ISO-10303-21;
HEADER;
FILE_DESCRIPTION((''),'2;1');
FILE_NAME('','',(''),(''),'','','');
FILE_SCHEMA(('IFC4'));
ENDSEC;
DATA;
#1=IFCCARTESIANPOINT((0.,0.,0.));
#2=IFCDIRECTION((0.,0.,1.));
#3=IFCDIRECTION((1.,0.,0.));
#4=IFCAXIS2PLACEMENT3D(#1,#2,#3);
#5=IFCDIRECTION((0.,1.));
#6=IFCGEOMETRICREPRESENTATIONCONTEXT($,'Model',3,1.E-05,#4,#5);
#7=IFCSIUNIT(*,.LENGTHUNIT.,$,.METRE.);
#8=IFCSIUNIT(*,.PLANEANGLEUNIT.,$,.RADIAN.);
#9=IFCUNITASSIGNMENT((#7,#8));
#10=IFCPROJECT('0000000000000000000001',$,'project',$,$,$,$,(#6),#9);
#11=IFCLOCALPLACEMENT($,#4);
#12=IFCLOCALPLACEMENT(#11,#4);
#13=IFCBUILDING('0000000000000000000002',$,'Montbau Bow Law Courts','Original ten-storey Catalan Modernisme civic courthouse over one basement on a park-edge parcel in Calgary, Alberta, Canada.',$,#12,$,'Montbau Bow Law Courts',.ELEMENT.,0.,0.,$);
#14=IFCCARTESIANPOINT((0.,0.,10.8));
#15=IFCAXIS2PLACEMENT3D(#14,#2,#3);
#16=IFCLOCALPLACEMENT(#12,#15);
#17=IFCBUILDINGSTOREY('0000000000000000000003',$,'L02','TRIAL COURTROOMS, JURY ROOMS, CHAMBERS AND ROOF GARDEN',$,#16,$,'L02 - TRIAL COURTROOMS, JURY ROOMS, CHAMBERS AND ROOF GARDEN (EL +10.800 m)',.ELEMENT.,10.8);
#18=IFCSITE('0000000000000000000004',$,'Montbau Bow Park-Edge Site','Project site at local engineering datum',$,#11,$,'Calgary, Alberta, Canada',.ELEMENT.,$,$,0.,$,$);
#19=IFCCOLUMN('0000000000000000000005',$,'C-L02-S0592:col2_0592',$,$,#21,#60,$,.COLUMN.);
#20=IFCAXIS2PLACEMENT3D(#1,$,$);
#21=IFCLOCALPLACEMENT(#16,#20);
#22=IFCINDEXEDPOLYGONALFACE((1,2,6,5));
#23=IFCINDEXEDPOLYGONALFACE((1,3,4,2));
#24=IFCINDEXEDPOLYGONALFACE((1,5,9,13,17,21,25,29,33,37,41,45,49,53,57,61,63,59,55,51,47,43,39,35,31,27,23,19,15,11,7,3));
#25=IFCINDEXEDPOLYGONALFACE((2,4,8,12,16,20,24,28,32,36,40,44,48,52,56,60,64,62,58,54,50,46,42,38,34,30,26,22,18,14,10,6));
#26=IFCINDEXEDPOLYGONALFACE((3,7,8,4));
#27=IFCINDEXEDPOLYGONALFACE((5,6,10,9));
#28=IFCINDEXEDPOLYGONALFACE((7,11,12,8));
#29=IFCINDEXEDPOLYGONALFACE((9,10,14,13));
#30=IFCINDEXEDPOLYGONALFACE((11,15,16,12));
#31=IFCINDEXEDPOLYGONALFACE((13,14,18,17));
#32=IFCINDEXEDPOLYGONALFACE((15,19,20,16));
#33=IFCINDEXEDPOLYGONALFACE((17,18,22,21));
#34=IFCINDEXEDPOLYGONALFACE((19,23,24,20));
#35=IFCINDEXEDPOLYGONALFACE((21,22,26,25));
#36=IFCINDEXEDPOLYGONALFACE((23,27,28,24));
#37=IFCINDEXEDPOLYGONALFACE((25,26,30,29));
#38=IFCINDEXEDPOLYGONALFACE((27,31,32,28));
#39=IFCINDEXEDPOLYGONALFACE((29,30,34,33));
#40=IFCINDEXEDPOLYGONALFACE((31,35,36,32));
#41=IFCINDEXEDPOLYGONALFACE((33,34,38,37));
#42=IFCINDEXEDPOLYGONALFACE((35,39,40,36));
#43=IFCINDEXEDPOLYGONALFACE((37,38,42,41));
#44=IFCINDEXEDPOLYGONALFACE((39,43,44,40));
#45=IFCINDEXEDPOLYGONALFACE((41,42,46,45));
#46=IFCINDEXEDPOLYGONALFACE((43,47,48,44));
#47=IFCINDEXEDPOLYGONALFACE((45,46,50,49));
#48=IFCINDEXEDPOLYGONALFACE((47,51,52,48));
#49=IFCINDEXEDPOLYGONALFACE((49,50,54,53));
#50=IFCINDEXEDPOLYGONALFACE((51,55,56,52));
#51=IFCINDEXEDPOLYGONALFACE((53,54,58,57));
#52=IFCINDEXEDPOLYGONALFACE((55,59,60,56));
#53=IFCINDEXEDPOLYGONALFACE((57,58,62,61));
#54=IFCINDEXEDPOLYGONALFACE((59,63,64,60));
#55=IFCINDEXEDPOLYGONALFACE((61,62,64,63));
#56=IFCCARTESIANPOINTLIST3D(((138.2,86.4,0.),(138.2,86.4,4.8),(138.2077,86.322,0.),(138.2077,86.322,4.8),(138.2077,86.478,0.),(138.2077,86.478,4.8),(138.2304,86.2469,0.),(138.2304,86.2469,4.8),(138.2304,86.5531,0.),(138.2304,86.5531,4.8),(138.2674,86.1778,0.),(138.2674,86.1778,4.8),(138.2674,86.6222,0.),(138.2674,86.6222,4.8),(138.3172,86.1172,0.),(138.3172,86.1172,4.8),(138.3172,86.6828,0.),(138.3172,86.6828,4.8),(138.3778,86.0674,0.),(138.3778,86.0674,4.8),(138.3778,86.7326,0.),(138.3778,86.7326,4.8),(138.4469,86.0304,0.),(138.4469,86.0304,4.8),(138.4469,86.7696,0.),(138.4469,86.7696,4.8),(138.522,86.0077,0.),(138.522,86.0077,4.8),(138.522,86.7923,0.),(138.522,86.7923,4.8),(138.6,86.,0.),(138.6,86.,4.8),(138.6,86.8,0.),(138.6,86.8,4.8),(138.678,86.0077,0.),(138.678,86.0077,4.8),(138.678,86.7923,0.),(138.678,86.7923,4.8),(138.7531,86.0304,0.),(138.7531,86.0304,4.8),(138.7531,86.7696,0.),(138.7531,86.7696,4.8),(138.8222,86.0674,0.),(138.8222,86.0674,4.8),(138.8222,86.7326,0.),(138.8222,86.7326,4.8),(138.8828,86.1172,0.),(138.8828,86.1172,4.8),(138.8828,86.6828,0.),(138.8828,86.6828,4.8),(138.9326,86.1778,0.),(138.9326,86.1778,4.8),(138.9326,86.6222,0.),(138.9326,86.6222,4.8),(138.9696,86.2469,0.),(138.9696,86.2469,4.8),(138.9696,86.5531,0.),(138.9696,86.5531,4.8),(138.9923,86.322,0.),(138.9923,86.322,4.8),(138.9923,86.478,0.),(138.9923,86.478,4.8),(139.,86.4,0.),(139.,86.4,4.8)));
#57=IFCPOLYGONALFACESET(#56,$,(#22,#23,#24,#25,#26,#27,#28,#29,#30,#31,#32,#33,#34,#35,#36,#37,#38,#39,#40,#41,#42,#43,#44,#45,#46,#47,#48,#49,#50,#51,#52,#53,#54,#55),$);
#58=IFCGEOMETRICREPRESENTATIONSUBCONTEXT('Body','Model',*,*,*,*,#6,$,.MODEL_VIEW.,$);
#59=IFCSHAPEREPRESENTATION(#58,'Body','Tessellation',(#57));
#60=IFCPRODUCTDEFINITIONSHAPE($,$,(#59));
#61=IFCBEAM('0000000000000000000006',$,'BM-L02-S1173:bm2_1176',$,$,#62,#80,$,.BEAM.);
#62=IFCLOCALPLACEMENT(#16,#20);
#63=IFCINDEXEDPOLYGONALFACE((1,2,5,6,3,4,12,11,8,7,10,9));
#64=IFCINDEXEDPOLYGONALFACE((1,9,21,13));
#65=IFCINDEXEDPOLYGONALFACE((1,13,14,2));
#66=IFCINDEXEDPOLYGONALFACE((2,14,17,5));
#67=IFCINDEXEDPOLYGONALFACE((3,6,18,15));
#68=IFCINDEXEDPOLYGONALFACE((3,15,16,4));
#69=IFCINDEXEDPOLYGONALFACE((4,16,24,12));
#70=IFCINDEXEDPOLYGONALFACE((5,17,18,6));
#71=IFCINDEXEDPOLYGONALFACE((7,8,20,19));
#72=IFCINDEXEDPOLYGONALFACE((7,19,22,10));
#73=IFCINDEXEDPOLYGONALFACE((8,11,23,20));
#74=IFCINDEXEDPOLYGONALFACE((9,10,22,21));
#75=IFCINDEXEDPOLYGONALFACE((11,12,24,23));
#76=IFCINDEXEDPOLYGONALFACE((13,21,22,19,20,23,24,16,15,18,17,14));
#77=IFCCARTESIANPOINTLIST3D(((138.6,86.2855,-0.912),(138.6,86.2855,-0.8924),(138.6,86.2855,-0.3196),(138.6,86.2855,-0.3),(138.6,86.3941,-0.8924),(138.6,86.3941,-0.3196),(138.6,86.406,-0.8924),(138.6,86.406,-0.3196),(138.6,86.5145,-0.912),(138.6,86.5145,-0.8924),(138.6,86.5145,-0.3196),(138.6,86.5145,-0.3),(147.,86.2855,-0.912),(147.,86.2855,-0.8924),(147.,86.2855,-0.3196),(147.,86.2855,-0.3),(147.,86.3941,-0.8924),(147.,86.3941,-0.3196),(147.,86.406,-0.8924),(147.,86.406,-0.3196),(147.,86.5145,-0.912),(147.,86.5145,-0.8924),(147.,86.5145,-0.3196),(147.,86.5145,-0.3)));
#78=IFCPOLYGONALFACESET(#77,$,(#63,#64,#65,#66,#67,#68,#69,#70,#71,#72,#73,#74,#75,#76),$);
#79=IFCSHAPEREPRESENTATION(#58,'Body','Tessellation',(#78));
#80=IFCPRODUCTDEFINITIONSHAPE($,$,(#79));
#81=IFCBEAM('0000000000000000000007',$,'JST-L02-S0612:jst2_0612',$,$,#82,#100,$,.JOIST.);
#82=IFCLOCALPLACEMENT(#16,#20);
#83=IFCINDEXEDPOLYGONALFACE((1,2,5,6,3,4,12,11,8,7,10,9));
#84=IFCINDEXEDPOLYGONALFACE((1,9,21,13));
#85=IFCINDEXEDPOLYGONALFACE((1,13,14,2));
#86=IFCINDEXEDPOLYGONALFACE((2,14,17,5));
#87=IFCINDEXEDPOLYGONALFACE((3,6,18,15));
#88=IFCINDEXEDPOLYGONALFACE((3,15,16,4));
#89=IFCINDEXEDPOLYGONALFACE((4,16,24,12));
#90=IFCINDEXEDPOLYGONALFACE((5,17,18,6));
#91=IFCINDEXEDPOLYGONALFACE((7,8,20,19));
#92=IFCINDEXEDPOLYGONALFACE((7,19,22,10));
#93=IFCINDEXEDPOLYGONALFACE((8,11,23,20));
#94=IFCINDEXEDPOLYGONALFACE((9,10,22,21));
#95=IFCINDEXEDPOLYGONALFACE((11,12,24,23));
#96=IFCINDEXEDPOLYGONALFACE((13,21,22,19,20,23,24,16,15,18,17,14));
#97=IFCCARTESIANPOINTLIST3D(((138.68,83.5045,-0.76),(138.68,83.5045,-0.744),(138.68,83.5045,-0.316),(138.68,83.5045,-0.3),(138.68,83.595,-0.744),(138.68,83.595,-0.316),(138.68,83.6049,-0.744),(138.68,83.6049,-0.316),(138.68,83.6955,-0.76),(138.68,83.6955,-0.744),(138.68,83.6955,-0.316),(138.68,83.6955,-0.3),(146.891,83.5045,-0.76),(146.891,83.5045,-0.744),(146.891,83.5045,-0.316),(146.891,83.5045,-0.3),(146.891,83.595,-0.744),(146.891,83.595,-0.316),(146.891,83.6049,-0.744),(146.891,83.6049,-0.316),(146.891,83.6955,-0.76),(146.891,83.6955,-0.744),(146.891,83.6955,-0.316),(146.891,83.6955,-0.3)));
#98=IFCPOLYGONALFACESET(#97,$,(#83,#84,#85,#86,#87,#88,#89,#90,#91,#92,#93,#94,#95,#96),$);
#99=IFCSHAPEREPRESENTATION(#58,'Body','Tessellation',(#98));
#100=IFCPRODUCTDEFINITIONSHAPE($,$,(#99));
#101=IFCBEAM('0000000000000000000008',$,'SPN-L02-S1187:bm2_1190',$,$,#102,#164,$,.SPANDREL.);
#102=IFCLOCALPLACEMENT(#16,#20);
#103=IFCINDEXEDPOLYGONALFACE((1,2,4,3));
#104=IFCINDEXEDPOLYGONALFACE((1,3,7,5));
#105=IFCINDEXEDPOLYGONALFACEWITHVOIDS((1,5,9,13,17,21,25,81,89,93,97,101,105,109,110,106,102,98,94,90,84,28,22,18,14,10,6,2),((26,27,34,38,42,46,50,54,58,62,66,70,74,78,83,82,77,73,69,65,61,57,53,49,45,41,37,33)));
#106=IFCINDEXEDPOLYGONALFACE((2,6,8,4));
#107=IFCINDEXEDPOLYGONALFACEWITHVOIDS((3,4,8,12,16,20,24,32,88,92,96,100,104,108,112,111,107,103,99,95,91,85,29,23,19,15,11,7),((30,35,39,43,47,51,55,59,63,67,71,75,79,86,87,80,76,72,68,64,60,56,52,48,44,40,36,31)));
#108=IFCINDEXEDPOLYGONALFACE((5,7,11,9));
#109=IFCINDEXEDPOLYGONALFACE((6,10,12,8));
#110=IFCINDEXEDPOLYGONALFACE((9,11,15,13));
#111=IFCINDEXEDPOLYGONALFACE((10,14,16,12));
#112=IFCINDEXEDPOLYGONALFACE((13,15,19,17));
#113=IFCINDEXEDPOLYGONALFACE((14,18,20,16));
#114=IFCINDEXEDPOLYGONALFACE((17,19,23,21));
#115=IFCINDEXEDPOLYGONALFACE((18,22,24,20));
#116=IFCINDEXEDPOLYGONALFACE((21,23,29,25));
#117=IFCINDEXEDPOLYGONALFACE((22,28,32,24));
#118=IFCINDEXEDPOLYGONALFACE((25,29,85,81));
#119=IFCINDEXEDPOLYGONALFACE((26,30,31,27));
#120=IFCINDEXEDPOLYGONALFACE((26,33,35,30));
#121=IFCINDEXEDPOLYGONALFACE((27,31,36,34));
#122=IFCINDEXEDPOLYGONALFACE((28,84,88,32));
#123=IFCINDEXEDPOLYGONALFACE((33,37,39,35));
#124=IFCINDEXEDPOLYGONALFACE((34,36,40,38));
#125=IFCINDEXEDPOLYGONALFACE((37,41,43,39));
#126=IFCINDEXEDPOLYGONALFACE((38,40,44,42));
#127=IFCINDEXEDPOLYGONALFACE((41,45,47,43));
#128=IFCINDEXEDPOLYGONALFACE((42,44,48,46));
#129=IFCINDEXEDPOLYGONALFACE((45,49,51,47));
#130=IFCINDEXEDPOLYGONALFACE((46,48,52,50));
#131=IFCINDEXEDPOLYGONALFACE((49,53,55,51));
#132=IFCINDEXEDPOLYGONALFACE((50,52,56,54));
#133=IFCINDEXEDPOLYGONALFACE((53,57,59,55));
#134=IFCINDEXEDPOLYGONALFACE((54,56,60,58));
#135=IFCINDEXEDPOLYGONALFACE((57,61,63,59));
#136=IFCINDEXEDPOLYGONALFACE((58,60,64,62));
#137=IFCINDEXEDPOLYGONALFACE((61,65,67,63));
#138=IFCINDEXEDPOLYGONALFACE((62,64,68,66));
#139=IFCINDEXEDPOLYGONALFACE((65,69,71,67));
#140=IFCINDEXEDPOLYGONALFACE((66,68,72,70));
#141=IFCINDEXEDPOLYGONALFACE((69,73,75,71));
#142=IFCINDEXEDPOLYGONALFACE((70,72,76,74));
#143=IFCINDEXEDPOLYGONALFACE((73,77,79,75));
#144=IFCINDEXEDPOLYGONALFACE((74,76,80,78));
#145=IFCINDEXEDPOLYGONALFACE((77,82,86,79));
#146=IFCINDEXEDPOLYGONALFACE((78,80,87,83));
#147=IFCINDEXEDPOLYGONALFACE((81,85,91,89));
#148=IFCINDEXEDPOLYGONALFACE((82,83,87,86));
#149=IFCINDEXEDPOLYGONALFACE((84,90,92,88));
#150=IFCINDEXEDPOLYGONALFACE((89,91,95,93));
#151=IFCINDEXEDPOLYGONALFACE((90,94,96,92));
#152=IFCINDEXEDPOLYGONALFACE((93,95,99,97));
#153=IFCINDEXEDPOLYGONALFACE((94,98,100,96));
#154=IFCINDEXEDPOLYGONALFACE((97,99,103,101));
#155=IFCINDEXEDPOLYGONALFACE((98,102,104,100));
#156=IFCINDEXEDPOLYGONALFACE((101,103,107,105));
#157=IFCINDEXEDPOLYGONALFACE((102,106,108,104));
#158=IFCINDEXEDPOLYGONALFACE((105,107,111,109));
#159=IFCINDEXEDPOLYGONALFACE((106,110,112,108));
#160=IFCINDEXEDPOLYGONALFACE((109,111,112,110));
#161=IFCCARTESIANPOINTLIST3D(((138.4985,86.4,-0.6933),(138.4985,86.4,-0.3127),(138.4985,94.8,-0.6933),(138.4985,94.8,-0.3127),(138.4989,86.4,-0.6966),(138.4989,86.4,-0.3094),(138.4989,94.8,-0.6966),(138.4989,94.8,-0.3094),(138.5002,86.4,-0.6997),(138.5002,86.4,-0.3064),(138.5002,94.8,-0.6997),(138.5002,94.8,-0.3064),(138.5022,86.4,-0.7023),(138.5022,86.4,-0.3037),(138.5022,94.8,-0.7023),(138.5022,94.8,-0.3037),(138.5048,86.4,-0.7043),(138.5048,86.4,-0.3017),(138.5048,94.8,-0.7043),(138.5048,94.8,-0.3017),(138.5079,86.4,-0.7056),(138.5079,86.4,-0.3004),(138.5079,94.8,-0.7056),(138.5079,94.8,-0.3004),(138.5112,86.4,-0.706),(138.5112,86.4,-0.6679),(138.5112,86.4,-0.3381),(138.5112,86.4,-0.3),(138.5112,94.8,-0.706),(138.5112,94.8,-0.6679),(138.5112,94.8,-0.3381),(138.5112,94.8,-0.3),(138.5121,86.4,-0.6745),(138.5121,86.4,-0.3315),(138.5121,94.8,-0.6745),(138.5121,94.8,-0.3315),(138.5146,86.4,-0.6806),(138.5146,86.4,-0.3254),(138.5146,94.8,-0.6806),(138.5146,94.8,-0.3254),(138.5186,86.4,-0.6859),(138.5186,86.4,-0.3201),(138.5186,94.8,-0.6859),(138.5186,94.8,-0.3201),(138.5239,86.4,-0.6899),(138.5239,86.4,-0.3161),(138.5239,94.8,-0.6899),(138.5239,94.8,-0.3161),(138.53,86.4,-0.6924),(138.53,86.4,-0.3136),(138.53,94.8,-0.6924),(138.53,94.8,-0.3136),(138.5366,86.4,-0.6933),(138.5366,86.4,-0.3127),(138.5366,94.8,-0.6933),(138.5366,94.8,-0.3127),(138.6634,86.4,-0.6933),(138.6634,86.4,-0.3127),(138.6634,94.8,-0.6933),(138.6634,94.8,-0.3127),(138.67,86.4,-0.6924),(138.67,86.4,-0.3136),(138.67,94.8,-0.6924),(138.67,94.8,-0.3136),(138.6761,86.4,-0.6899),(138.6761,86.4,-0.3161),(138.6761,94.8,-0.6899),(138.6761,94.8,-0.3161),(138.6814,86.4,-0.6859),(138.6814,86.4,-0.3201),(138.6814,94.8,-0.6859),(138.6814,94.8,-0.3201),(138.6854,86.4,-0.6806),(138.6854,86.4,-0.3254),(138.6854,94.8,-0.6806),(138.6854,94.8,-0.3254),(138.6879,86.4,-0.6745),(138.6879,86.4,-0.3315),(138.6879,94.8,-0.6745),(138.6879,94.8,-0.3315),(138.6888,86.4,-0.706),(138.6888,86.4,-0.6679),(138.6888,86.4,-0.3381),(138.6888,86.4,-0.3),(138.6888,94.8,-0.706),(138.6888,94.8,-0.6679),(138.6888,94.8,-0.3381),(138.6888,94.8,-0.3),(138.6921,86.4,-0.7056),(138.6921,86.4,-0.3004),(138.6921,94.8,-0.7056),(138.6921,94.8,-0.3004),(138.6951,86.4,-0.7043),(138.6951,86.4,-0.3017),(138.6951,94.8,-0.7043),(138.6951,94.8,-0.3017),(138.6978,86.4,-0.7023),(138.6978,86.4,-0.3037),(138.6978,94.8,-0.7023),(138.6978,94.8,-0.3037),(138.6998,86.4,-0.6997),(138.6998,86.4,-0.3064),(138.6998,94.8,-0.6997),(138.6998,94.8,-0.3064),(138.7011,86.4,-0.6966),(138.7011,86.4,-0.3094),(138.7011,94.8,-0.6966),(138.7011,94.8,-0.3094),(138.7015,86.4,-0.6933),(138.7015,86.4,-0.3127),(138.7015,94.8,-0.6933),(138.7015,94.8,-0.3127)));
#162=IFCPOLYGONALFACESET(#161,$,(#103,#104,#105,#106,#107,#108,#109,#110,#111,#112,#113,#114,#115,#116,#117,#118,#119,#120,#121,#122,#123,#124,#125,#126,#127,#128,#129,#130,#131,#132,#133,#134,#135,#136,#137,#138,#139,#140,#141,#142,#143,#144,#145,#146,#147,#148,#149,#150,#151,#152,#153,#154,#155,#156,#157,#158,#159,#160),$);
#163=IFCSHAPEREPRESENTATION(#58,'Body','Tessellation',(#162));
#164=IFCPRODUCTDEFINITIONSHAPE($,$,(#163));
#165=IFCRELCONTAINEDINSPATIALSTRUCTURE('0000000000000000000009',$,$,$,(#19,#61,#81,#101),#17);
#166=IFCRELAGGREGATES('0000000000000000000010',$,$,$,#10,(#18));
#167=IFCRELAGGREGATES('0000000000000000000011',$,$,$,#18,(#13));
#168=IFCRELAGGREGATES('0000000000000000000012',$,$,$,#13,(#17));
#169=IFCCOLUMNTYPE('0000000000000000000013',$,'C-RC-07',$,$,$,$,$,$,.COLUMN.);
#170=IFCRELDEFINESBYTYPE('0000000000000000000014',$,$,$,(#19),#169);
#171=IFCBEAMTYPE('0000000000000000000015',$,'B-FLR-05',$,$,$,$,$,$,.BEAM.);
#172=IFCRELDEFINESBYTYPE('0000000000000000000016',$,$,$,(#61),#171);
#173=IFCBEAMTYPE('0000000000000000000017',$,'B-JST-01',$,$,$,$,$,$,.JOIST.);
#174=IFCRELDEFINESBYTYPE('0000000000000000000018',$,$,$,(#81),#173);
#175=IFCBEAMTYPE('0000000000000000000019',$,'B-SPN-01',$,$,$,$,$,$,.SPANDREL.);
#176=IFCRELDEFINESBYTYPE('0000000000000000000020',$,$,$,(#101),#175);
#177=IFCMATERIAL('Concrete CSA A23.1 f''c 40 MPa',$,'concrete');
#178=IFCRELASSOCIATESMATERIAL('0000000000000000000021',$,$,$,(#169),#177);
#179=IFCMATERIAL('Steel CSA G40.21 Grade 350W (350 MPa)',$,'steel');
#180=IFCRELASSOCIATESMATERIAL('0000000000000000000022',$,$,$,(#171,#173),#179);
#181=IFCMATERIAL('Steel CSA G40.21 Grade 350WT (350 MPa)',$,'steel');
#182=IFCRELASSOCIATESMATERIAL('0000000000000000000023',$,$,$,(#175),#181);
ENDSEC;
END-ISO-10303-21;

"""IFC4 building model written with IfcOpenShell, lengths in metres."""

from ifc_helpers import new_model, si_unit, direction, frame, origin_with_axes, origin_2d_with_axis, place, context, subcontext, project, spatial, hollow_rectangle, circle, i_section, extrude, material, material_profile, profile_set, type_object, element, save


model = new_model("IFC4")

# Units and contexts
model_context = context("Model", 3, precision=1e-05, world=origin_with_axes(), true_north=direction((0.0, 1.0)))
body_context = subcontext(model_context, "Body", "Model", "MODEL_VIEW")
ifc_project = project(units=[si_unit("LENGTHUNIT", "METRE"), si_unit("PLANEANGLEUNIT", "RADIAN")], contexts=[model_context])

# Site, building, storey
site_placement = place(None, origin_with_axes())
site = spatial("IfcSite", under=ifc_project, at=site_placement, Name="Montbau Bow Park-Edge Site", Description="Project site at local engineering datum", LongName="Calgary, Alberta, Canada", CompositionType="ELEMENT", RefElevation=0.0)
building_placement = place(site_placement, origin_with_axes())
building = spatial("IfcBuilding", under=site, at=building_placement, Name="Montbau Bow Law Courts", Description="Original ten-storey Catalan Modernisme civic courthouse over one basement on a park-edge parcel in Calgary, Alberta, Canada.", LongName="Montbau Bow Law Courts", CompositionType="ELEMENT", ElevationOfRefHeight=0.0, ElevationOfTerrain=0.0)
storey_placement = place(building_placement, frame((0.0, 0.0, 10.8), z_axis=(0.0, 0.0, 1.0), x_axis=(1.0, 0.0, 0.0)))
storey = spatial("IfcBuildingStorey", under=building, at=storey_placement, Name="L02", Description="TRIAL COURTROOMS, JURY ROOMS, CHAMBERS AND ROOF GARDEN", LongName="L02 - TRIAL COURTROOMS, JURY ROOMS, CHAMBERS AND ROOF GARDEN (EL +10.800 m)", CompositionType="ELEMENT", Elevation=10.8)

# Column
ifc_material_1 = material(Name="Concrete CSA A23.1 f'c 40 MPa", Category="concrete")
ifc_material_profile_1 = material_profile(ifc_material_1, circle(Radius=0.4, at=origin_2d_with_axis()), Name="RC800D", Category="Main", Priority=0)
ifc_profile_set_1 = profile_set([ifc_material_profile_1], Name="Concrete CSA A23.1 f'c 40 MPa")
column_type = type_object("IfcColumnType", Name="C-RC-07", PredefinedType="COLUMN", material=ifc_profile_set_1)
column_placement = place(None, frame((138.6, 86.4, 10.8), z_axis=(0.0, 0.0, 1.0), x_axis=(1.0, 0.0, 0.0)))
element("IfcColumn", 1, at=column_placement, inside=storey, type_object=column_type, Name="C-L02-S0592:col2_0592", PredefinedType="COLUMN", context=body_context, shape_type="SweptSolid", body=[
    extrude(circle(Radius=0.4, at=origin_2d_with_axis()), origin_with_axes(), (0.0, 0.0, 1.0), 4.8),
])

# Beams
ifc_material_2 = material(Name="Steel CSA G40.21 Grade 350W (350 MPa)", Category="steel")
ifc_material_profile_2 = material_profile(ifc_material_2, i_section(OverallWidth=0.229, OverallDepth=0.612, WebThickness=0.0119, FlangeThickness=0.0196, at=origin_2d_with_axis()), Name="W610X125", Category="Main", Priority=0)
ifc_profile_set_2 = profile_set([ifc_material_profile_2], Name="Steel CSA G40.21 Grade 350W (350 MPa)")
beam_type_1 = type_object("IfcBeamType", Name="B-FLR-05", PredefinedType="BEAM", material=ifc_profile_set_2)
beam_1_placement = place(None, frame((138.6, 86.4, 10.194), z_axis=(1.0, 0.0, 0.0), x_axis=(0.0, 1.0, 0.0)))
element("IfcBeam", 2, at=beam_1_placement, inside=storey, type_object=beam_type_1, Name="BM-L02-S1173:bm2_1176", PredefinedType="BEAM", context=body_context, shape_type="SweptSolid", body=[
    extrude(i_section(OverallWidth=0.229, OverallDepth=0.612, WebThickness=0.0119, FlangeThickness=0.0196, at=origin_2d_with_axis()), origin_with_axes(), (0.0, 0.0, 1.0), 8.4),
])
ifc_material_profile_3 = material_profile(ifc_material_2, i_section(OverallWidth=0.191, OverallDepth=0.46, WebThickness=0.0099, FlangeThickness=0.016, at=origin_2d_with_axis()), Name="W460X82", Category="Main", Priority=0)
ifc_profile_set_3 = profile_set([ifc_material_profile_3], Name="Steel CSA G40.21 Grade 350W (350 MPa)")
beam_type_2 = type_object("IfcBeamType", Name="B-JST-01", PredefinedType="JOIST", material=ifc_profile_set_3)
beam_2_placement = place(None, frame((138.68, 83.6, 10.27), z_axis=(1.0, 0.0, 0.0), x_axis=(0.0, 1.0, 0.0)))
element("IfcBeam", 3, at=beam_2_placement, inside=storey, type_object=beam_type_2, Name="JST-L02-S0612:jst2_0612", PredefinedType="JOIST", context=body_context, shape_type="SweptSolid", body=[
    extrude(i_section(OverallWidth=0.191, OverallDepth=0.46, WebThickness=0.0099, FlangeThickness=0.016, at=origin_2d_with_axis()), origin_with_axes(), (0.0, 0.0, 1.0), 8.211),
])
ifc_material_3 = material(Name="Steel CSA G40.21 Grade 350WT (350 MPa)", Category="steel")
ifc_material_profile_4 = material_profile(ifc_material_3, hollow_rectangle(XDim=0.203, YDim=0.406, WallThickness=0.0127, InnerFilletRadius=0.0254, OuterFilletRadius=0.0127, at=origin_2d_with_axis()), Name="HSS406X203X13", Category="Main", Priority=0)
ifc_profile_set_4 = profile_set([ifc_material_profile_4], Name="Steel CSA G40.21 Grade 350WT (350 MPa)")
beam_type_3 = type_object("IfcBeamType", Name="B-SPN-01", PredefinedType="SPANDREL", material=ifc_profile_set_4)
beam_3_placement = place(None, frame((138.6, 86.4, 10.297), z_axis=(0.0, 1.0, 0.0), x_axis=(-1.0, 0.0, 0.0)))
element("IfcBeam", 4, at=beam_3_placement, inside=storey, type_object=beam_type_3, Name="SPN-L02-S1187:bm2_1190", PredefinedType="SPANDREL", context=body_context, shape_type="SweptSolid", body=[
    extrude(hollow_rectangle(XDim=0.203, YDim=0.406, WallThickness=0.0127, InnerFilletRadius=0.0254, OuterFilletRadius=0.0127, at=origin_2d_with_axis()), origin_with_axes(), (0.0, 0.0, 1.0), 8.4),
])

save(model, "model.ifc")
